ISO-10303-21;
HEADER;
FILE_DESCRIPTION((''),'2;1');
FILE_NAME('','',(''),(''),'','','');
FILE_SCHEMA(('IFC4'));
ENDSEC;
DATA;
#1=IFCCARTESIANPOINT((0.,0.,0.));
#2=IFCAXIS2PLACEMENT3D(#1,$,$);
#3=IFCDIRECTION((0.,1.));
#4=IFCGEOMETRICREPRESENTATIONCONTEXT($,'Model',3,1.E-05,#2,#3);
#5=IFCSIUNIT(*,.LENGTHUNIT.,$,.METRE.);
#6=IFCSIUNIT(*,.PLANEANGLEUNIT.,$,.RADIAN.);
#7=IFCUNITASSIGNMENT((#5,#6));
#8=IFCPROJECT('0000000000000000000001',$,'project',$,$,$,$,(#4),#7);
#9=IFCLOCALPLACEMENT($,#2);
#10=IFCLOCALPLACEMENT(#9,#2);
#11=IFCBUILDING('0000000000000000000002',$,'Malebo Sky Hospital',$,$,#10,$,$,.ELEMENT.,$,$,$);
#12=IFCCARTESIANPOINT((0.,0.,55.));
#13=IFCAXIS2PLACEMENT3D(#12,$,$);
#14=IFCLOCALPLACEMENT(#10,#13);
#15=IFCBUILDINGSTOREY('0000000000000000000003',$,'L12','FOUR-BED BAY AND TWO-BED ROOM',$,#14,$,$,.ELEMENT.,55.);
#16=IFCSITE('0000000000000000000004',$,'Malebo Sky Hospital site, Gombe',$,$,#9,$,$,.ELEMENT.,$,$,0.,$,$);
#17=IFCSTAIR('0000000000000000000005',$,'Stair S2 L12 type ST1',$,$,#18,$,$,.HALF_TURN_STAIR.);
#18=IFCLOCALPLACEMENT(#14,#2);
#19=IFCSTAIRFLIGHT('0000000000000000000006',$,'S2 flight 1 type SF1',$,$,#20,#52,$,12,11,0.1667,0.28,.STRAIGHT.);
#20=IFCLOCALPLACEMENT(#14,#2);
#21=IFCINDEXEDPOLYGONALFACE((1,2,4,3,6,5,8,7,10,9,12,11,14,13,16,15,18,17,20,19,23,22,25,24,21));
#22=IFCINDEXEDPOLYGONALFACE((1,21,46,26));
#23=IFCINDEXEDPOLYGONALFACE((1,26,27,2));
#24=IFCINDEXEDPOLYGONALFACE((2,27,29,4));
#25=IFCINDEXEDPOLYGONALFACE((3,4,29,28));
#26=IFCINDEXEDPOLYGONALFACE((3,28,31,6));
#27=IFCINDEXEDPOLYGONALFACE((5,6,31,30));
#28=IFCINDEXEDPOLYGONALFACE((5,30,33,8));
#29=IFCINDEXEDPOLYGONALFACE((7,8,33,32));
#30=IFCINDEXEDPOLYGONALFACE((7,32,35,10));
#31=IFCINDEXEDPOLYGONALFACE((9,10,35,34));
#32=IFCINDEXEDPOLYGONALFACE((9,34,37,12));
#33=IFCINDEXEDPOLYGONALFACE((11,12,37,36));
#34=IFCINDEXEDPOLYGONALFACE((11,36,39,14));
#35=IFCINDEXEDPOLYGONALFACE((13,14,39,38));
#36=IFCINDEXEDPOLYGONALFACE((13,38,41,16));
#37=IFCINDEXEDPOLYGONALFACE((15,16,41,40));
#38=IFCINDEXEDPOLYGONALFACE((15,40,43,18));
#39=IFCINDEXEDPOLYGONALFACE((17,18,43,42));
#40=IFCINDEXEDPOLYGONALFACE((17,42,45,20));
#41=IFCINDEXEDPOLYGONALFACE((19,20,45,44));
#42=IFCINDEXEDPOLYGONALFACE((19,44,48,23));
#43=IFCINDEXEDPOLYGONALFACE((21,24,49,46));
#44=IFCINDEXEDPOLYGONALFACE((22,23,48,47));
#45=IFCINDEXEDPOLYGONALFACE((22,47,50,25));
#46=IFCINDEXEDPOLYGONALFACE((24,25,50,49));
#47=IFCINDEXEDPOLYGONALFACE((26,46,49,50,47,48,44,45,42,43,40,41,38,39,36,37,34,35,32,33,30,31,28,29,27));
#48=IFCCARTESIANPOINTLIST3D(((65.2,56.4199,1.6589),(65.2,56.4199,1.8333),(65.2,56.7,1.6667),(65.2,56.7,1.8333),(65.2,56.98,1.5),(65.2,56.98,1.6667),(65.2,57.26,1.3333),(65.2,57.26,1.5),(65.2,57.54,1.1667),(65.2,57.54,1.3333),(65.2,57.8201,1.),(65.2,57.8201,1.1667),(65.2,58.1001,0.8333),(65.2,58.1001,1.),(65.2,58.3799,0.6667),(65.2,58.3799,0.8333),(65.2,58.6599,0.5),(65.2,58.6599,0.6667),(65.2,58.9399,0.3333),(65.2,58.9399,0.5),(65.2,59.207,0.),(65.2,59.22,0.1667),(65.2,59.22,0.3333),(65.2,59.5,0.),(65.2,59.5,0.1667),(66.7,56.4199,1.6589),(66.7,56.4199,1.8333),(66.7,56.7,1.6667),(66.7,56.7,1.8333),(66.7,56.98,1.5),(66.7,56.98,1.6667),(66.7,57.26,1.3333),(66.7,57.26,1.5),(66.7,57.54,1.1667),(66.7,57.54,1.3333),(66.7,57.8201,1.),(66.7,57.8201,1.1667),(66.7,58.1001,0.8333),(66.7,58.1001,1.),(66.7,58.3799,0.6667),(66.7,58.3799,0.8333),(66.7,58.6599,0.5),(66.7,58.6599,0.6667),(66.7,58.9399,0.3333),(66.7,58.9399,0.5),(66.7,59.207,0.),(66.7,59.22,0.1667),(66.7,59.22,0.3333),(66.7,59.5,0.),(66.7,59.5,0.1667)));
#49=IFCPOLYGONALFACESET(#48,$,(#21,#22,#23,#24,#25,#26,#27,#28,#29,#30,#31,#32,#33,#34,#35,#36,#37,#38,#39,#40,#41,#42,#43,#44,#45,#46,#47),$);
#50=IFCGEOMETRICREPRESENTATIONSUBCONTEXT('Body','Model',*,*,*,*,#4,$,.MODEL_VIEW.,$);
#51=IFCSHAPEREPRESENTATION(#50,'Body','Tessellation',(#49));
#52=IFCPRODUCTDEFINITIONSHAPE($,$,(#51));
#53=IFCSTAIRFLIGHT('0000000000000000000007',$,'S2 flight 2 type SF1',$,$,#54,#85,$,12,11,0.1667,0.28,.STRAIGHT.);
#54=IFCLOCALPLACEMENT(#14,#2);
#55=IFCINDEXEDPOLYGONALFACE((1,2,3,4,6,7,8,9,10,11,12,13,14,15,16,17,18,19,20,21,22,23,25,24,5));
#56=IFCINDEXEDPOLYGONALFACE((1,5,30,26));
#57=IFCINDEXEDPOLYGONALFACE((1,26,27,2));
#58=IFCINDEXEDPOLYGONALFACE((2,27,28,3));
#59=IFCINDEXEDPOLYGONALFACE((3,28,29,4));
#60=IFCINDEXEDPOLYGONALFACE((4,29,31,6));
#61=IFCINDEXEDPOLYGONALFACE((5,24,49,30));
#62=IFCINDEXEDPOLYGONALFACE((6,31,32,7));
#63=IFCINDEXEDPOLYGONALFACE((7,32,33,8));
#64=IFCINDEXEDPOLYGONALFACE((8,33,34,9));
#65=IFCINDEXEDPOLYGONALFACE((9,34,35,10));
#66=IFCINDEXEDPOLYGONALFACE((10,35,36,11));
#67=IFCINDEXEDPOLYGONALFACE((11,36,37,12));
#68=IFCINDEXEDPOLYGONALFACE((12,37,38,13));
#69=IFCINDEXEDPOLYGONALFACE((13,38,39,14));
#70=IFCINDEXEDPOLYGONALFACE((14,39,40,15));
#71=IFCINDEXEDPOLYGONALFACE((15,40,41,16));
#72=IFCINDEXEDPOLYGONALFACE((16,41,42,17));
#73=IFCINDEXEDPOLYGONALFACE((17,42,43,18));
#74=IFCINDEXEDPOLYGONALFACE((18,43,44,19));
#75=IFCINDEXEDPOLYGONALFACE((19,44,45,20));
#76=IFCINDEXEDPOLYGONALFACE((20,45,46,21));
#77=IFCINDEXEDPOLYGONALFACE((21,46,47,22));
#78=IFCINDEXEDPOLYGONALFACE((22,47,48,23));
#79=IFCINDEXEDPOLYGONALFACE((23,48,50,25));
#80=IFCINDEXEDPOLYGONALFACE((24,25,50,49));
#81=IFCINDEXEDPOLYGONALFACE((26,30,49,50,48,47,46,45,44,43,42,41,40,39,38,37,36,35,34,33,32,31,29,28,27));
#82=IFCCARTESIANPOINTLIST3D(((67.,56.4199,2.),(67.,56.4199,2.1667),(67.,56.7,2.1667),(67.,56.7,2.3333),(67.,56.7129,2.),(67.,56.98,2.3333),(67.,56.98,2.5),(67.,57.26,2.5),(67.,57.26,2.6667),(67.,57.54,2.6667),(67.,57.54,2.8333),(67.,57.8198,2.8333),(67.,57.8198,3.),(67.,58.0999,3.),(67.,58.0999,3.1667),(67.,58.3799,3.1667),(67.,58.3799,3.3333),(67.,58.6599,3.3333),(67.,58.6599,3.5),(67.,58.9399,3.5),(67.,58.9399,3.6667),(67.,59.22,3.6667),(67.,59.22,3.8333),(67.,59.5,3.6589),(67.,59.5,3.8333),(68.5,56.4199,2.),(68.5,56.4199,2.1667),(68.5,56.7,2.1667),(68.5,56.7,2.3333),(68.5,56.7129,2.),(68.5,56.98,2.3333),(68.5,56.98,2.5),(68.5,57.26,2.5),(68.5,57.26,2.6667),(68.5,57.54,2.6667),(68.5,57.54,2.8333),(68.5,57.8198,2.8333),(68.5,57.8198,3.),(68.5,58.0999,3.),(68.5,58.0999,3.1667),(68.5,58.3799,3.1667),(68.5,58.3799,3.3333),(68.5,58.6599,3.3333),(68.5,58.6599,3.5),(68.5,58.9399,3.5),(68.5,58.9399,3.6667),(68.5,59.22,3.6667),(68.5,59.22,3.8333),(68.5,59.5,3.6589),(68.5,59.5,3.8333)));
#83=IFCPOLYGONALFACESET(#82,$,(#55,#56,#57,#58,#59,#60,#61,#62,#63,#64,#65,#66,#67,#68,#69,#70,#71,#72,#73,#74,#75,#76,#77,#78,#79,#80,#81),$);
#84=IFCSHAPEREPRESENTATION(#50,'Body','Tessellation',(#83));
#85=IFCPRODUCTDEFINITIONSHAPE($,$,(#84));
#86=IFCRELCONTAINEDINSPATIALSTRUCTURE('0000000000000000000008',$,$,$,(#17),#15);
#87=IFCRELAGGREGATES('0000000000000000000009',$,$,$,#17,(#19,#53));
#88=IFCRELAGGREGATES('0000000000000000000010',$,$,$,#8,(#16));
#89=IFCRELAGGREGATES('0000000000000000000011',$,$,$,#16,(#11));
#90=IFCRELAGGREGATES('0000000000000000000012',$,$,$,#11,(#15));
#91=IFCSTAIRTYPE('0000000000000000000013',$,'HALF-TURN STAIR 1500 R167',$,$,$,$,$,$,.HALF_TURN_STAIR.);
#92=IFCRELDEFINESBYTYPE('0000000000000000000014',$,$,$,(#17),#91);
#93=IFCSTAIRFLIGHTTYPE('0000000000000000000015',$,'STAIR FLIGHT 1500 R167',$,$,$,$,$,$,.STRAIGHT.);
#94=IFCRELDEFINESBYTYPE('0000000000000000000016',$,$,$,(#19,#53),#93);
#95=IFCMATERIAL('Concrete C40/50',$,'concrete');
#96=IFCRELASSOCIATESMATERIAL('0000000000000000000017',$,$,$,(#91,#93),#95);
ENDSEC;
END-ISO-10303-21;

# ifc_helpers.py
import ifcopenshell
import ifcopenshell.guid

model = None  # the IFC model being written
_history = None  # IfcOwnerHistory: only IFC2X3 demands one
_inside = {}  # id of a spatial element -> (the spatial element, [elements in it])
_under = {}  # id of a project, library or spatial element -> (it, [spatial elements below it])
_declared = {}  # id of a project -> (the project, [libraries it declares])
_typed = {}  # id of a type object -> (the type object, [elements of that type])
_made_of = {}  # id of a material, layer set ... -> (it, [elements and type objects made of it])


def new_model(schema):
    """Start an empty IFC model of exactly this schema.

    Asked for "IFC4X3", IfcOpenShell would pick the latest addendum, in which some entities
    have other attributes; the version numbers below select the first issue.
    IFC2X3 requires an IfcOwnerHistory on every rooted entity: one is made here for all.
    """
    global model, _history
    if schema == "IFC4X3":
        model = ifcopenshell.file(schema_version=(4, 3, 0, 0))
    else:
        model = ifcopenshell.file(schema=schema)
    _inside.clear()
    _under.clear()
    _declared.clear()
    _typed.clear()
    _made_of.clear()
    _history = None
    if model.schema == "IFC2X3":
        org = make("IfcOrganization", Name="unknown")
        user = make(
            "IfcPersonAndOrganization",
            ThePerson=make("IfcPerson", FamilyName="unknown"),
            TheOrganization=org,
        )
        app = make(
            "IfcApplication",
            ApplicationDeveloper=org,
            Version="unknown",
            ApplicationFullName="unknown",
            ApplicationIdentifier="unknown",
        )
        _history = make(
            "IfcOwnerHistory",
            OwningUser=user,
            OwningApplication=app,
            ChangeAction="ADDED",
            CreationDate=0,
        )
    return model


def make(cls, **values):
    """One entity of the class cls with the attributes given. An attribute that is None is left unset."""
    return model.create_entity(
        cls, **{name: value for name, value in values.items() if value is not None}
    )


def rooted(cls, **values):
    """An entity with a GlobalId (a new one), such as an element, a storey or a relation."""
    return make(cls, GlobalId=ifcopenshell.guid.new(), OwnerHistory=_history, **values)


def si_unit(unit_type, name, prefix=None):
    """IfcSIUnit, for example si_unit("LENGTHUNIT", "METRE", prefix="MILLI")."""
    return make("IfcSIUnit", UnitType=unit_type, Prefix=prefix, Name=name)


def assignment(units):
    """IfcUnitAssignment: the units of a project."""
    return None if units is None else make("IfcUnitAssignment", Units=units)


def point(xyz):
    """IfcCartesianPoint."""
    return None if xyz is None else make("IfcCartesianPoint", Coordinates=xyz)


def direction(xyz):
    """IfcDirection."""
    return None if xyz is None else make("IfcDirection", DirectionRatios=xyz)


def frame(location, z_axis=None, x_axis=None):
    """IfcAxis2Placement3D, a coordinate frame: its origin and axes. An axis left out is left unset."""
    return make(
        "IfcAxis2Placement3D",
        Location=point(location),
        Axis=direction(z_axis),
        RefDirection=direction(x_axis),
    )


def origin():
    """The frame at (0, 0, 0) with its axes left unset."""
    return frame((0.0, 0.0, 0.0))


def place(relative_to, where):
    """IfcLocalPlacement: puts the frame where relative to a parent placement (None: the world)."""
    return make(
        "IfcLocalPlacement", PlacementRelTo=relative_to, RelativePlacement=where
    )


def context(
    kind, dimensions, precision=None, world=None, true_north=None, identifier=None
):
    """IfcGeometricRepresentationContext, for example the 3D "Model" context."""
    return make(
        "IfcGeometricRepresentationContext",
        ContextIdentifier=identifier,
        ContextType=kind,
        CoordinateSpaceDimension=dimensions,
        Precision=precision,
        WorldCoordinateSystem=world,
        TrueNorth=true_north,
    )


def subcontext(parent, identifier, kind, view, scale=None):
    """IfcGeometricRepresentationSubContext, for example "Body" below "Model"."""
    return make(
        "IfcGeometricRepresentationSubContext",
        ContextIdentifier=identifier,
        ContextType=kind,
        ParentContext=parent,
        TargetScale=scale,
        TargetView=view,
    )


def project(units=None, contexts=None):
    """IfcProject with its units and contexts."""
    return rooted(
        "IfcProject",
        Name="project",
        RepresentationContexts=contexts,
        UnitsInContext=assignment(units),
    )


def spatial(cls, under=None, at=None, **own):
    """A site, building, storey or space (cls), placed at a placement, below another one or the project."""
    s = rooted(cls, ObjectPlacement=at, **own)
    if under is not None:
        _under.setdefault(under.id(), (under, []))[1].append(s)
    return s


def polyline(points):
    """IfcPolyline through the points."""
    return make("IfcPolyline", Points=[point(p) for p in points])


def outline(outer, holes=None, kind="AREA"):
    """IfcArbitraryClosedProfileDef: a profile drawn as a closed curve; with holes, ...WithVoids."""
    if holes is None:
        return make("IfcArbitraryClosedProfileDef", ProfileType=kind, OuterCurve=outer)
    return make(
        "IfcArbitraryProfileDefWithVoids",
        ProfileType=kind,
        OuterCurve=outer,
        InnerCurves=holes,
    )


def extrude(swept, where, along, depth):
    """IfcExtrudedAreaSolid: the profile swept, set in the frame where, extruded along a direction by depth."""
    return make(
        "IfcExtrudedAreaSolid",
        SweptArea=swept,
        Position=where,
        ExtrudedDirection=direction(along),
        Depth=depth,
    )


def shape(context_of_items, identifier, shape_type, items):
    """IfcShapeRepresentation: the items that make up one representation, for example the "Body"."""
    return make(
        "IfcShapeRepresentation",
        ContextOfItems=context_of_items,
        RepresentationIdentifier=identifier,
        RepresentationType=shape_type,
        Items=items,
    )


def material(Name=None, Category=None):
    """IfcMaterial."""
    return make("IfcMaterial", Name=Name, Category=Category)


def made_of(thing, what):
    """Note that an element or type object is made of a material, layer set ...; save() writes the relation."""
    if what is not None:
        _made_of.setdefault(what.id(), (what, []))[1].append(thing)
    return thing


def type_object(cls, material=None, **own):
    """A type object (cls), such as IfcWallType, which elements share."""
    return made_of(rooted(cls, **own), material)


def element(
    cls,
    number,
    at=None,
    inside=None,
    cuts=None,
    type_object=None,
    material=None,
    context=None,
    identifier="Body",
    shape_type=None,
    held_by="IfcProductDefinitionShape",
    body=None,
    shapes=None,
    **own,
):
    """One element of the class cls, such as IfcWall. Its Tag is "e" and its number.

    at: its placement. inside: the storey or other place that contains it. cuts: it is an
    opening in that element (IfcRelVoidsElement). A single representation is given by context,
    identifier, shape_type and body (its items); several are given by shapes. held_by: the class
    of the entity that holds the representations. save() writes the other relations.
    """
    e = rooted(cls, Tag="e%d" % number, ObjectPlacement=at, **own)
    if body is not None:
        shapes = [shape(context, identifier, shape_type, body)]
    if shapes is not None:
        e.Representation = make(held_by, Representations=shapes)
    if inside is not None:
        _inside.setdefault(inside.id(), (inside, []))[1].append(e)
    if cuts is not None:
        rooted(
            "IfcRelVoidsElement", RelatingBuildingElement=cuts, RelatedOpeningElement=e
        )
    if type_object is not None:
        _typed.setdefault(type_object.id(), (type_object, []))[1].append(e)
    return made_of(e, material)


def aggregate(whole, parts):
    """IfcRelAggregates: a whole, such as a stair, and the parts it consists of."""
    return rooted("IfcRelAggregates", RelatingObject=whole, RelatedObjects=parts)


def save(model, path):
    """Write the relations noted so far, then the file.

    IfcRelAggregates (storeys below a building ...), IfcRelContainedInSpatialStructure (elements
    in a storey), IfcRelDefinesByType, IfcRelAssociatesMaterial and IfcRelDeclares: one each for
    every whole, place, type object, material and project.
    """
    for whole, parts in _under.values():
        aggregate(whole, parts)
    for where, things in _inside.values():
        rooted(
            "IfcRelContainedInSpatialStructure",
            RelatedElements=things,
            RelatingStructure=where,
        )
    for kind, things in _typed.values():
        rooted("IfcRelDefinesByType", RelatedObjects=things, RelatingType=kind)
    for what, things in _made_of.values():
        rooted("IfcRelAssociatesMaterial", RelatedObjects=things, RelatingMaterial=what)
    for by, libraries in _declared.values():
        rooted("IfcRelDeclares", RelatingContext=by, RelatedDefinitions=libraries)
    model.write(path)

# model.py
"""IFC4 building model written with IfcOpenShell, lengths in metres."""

from ifc_helpers import new_model, si_unit, direction, frame, origin, place, context, subcontext, project, spatial, polyline, outline, extrude, material, type_object, element, aggregate, save


model = new_model("IFC4")

# Units and contexts
model_context = context("Model", 3, precision=1e-05, world=origin(), true_north=direction((0.0, 1.0)))
body_context = subcontext(model_context, "Body", "Model", "MODEL_VIEW")
ifc_project = project(units=[si_unit("LENGTHUNIT", "METRE"), si_unit("PLANEANGLEUNIT", "RADIAN")], contexts=[model_context])

# Site, building, storey
site_placement = place(None, origin())
site = spatial("IfcSite", under=ifc_project, at=site_placement, Name="Malebo Sky Hospital site, Gombe", CompositionType="ELEMENT", RefElevation=0.0)
building_placement = place(site_placement, origin())
building = spatial("IfcBuilding", under=site, at=building_placement, Name="Malebo Sky Hospital", CompositionType="ELEMENT")
storey_placement = place(building_placement, frame((0.0, 0.0, 55.0)))
storey = spatial("IfcBuildingStorey", under=building, at=storey_placement, Name="L12", Description="FOUR-BED BAY AND TWO-BED ROOM", CompositionType="ELEMENT", Elevation=55.0)

# Stair, stair flights
ifc_material_1 = material(Name="Concrete C40/50", Category="concrete")
stair_type = type_object("IfcStairType", Name="HALF-TURN STAIR 1500 R167", PredefinedType="HALF_TURN_STAIR", material=ifc_material_1)
stair_placement = place(storey_placement, origin())
stair = element("IfcStair", 1, at=stair_placement, inside=storey, type_object=stair_type, Name="Stair S2 L12 type ST1", PredefinedType="HALF_TURN_STAIR")
stair_flight_type = type_object("IfcStairFlightType", Name="STAIR FLIGHT 1500 R167", PredefinedType="STRAIGHT", material=ifc_material_1)
stair_flight_1_placement = place(storey_placement, frame((65.95, 59.5, 0.0), z_axis=(0.0, 0.0, 1.0), x_axis=(0.0, -1.0, 0.0)))
stair_flight_1 = element("IfcStairFlight", 2, at=stair_flight_1_placement, type_object=stair_flight_type, Name="S2 flight 1 type SF1", NumberOfRisers=12, NumberOfTreads=11, PredefinedType="STRAIGHT", RiserHeight=0.1667, TreadLength=0.28, context=body_context, shape_type="SweptSolid", body=[
    extrude(outline(polyline([(0.0, 0.0), (0.0, 0.1667), (0.28, 0.1667), (0.28, 0.3333), (0.5601, 0.3333), (0.5601, 0.5), (0.8401, 0.5), (0.8401, 0.6667), (1.1201, 0.6667), (1.1201, 0.8333), (1.3999, 0.8333), (1.3999, 1.0), (1.6799, 1.0), (1.6799, 1.1667), (1.96, 1.1667), (1.96, 1.3333), (2.24, 1.3333), (2.24, 1.5), (2.52, 1.5), (2.52, 1.6667), (2.8, 1.6667), (2.8, 1.8333), (3.0801, 1.8333), (3.0801, 2.0), (3.0801, 1.6589), (0.293, 0.0), (0.0, 0.0)])), frame((0.0, 0.75, 0.0), z_axis=(0.0, -1.0, 0.0), x_axis=(1.0, 0.0, 0.0)), (0.0, 0.0, 1.0), 1.5),
])
stair_flight_2_placement = place(storey_placement, frame((67.75, 56.4199, 2.0), z_axis=(0.0, 0.0, 1.0), x_axis=(0.0, 1.0, 0.0)))
stair_flight_2 = element("IfcStairFlight", 3, at=stair_flight_2_placement, type_object=stair_flight_type, Name="S2 flight 2 type SF1", NumberOfRisers=12, NumberOfTreads=11, PredefinedType="STRAIGHT", RiserHeight=0.1667, TreadLength=0.28, context=body_context, shape_type="SweptSolid", body=[
    extrude(outline(polyline([(0.0, 0.0), (0.0, 0.1667), (0.28, 0.1667), (0.28, 0.3333), (0.5601, 0.3333), (0.5601, 0.5), (0.8401, 0.5), (0.8401, 0.6667), (1.1201, 0.6667), (1.1201, 0.8333), (1.3999, 0.8333), (1.3999, 1.0), (1.6799, 1.0), (1.6799, 1.1667), (1.96, 1.1667), (1.96, 1.3333), (2.24, 1.3333), (2.24, 1.5), (2.52, 1.5), (2.52, 1.6667), (2.8, 1.6667), (2.8, 1.8333), (3.0801, 1.8333), (3.0801, 2.0), (3.0801, 1.6589), (0.293, 0.0), (0.0, 0.0)])), frame((0.0, 0.75, 0.0), z_axis=(0.0, -1.0, 0.0), x_axis=(1.0, 0.0, 0.0)), (0.0, 0.0, 1.0), 1.5),
])
aggregate(stair, [stair_flight_1, stair_flight_2])

save(model, "model.ifc")
